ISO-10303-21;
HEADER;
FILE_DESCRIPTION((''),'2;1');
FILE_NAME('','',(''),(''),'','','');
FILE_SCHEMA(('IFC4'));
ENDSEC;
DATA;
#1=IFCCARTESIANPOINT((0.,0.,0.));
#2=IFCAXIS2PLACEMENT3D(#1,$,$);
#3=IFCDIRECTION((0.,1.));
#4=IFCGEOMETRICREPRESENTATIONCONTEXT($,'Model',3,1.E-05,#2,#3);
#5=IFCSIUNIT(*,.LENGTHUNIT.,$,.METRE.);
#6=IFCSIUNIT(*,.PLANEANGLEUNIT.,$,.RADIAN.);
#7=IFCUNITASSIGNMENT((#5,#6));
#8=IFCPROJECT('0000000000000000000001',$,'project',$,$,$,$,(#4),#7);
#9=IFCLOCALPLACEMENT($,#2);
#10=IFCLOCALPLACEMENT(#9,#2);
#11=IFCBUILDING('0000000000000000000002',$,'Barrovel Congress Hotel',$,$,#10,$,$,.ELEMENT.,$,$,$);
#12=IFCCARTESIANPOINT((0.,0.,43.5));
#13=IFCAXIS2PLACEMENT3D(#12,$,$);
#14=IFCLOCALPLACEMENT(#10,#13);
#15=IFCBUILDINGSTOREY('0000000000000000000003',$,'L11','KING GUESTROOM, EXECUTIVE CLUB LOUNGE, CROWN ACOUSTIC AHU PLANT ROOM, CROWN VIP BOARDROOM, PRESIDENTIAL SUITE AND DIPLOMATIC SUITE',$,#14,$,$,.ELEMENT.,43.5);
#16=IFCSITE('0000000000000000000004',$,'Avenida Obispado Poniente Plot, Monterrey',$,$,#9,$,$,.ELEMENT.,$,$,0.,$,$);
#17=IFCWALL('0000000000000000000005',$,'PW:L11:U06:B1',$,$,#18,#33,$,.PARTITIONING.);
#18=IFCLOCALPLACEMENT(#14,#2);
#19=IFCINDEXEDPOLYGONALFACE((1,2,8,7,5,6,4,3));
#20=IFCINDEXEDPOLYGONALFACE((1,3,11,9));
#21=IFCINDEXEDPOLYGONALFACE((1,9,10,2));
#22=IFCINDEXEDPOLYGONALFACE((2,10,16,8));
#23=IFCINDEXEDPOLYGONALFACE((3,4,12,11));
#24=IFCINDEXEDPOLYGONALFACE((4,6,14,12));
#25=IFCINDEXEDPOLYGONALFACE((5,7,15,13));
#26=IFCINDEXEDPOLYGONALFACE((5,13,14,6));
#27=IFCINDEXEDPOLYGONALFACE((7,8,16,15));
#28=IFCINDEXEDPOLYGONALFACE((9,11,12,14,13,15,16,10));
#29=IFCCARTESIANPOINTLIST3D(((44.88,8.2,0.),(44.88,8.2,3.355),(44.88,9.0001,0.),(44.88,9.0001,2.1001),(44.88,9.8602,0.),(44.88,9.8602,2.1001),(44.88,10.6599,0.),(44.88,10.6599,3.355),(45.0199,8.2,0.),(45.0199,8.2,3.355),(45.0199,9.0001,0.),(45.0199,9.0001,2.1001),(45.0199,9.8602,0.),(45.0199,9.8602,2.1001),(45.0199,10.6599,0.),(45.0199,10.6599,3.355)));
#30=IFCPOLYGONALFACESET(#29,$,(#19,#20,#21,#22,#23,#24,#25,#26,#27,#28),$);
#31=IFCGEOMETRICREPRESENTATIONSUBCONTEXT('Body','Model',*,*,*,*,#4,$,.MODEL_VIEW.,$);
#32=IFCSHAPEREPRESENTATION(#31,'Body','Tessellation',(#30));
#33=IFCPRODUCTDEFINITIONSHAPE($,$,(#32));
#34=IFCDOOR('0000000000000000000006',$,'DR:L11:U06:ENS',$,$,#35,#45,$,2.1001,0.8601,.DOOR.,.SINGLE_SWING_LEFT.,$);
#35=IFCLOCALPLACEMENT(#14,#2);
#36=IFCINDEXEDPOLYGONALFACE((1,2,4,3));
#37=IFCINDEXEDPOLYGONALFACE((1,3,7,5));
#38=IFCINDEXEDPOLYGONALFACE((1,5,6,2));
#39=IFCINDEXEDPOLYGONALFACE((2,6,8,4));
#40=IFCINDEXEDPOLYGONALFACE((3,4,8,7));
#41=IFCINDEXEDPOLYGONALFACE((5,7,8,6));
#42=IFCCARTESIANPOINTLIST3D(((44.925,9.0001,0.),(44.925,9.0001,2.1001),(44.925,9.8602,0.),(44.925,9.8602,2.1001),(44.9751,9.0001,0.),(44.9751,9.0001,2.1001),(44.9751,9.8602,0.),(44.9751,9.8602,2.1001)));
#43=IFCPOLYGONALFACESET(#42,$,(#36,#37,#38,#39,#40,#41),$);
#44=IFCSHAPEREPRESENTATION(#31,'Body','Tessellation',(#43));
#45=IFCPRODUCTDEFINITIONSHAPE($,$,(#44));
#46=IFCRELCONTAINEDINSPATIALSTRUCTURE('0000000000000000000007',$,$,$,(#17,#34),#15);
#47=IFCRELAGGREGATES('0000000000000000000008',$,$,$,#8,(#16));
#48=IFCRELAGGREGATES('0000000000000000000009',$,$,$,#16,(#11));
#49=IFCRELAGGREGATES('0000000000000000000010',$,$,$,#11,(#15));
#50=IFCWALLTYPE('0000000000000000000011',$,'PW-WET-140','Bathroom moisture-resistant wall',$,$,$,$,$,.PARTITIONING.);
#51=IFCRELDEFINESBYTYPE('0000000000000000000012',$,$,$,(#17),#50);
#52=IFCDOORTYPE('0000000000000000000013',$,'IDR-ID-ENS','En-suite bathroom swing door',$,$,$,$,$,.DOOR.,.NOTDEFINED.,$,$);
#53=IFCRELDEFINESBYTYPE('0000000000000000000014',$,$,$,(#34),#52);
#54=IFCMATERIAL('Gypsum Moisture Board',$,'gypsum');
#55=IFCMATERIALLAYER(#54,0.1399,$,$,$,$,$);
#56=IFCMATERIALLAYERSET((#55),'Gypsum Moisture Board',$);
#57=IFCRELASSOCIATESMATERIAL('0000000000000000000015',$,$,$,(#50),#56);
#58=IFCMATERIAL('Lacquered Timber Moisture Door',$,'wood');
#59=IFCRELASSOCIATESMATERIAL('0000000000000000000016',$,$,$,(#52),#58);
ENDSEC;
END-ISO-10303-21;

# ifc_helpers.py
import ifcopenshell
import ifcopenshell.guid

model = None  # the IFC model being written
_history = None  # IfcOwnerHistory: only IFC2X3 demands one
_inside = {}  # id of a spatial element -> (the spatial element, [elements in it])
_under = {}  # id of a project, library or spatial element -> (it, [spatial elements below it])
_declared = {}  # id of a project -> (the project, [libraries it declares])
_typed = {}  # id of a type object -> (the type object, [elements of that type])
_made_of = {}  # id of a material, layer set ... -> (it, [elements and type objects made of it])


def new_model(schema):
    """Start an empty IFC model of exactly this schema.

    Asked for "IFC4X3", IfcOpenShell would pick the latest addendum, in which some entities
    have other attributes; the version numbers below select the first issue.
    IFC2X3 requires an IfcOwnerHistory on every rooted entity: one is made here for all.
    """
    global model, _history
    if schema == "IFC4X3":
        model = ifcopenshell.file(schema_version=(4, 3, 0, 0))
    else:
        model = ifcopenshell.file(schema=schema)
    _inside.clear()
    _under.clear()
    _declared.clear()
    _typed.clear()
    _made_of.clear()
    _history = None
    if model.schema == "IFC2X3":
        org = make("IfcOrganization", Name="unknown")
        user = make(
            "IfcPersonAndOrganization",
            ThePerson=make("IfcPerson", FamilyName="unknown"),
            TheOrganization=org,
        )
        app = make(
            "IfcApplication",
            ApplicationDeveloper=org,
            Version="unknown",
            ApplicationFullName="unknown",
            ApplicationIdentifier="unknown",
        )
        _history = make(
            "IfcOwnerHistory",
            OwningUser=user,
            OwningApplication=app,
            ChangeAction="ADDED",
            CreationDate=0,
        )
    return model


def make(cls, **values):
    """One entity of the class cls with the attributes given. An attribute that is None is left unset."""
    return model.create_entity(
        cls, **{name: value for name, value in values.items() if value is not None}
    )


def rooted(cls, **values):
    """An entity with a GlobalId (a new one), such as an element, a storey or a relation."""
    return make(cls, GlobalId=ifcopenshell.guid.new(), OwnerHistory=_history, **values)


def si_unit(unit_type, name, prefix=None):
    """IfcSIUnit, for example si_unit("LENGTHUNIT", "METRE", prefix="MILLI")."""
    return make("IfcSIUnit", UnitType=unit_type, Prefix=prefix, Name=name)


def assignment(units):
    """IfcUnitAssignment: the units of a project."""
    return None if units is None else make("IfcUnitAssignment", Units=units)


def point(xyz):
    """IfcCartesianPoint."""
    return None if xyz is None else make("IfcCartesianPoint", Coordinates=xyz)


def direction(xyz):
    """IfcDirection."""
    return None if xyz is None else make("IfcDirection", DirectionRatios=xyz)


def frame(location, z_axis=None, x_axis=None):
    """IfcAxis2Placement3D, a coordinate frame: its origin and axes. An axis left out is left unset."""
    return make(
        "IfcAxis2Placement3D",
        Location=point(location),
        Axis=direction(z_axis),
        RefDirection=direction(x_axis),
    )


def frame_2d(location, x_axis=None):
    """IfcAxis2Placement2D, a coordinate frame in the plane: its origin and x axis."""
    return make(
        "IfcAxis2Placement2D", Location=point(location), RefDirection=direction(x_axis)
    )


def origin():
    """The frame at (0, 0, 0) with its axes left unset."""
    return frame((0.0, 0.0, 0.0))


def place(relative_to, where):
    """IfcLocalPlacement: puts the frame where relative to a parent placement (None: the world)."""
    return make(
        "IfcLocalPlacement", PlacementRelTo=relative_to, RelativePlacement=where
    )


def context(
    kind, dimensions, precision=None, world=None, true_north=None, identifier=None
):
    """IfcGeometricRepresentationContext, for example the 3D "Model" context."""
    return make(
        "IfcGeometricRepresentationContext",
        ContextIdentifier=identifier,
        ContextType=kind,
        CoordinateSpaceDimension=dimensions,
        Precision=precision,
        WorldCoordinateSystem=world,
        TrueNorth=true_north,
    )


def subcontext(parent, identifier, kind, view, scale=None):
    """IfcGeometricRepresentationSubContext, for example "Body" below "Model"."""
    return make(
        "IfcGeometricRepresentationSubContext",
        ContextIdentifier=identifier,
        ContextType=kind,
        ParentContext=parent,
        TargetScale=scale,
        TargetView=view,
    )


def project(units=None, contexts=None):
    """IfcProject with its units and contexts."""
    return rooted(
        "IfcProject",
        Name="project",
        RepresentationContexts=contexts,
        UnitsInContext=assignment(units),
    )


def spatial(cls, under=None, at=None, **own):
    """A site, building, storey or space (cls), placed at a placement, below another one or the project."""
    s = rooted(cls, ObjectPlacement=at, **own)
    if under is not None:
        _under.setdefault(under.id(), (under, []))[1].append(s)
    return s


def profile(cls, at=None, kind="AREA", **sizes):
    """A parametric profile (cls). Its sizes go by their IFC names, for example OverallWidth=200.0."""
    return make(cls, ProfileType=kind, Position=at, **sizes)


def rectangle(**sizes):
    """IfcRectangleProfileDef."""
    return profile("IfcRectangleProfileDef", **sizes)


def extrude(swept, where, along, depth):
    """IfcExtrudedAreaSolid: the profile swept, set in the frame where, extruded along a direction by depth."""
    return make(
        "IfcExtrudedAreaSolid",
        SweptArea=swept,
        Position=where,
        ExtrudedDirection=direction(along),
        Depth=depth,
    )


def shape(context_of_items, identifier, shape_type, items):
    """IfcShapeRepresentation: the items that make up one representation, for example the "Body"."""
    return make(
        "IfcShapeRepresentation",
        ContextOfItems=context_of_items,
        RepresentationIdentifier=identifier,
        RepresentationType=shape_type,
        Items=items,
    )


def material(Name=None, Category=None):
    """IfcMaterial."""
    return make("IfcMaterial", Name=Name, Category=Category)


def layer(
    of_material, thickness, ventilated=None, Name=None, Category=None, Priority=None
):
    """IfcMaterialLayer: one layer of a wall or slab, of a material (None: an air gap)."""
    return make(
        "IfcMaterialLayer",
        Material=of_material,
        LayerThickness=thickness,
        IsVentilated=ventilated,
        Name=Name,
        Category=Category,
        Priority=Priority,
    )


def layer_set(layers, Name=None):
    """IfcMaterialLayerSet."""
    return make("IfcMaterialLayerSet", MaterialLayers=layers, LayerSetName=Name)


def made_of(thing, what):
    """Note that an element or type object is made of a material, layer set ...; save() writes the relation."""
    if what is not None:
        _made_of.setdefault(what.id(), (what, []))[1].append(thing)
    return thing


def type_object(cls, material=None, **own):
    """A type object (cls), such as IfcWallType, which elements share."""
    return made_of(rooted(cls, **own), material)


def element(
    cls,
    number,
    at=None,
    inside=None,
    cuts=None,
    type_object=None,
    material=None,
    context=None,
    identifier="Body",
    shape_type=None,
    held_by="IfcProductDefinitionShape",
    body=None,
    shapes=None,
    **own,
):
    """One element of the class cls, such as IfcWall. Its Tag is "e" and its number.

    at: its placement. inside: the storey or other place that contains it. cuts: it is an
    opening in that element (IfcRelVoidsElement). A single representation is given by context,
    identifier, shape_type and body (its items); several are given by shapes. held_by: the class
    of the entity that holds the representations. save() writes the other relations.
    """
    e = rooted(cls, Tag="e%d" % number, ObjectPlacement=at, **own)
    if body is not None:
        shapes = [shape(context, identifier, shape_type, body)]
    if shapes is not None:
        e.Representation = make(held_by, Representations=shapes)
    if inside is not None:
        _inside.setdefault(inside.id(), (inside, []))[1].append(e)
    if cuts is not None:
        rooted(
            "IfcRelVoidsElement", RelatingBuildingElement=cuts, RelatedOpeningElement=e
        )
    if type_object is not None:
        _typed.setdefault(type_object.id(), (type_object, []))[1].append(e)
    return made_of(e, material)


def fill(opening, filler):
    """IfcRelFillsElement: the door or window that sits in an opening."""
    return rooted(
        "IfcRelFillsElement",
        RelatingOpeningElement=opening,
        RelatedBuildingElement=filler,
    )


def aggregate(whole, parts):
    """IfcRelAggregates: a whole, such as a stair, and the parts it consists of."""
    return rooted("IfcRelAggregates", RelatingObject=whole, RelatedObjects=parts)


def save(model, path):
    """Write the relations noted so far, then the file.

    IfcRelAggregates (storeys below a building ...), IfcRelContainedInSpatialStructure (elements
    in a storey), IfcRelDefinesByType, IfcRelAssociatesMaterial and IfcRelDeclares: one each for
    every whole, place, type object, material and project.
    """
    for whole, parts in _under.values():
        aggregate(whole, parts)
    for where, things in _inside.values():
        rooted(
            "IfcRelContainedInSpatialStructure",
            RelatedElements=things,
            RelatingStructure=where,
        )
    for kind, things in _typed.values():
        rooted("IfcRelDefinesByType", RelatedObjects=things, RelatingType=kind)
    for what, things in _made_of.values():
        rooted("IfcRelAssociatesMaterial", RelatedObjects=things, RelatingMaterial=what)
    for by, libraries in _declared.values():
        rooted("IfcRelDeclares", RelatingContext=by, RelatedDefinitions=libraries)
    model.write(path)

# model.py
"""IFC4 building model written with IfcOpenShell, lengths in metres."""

from ifc_helpers import new_model, si_unit, direction, frame, frame_2d, origin, place, context, subcontext, project, spatial, rectangle, extrude, material, layer, layer_set, type_object, element, fill, save


model = new_model("IFC4")

# Units and contexts
model_context = context("Model", 3, precision=1e-05, world=origin(), true_north=direction((0.0, 1.0)))
body_context = subcontext(model_context, "Body", "Model", "MODEL_VIEW")
ifc_project = project(units=[si_unit("LENGTHUNIT", "METRE"), si_unit("PLANEANGLEUNIT", "RADIAN")], contexts=[model_context])

# Site, building, storey
site_placement = place(None, origin())
site = spatial("IfcSite", under=ifc_project, at=site_placement, Name="Avenida Obispado Poniente Plot, Monterrey", CompositionType="ELEMENT", RefElevation=0.0)
building_placement = place(site_placement, origin())
building = spatial("IfcBuilding", under=site, at=building_placement, Name="Barrovel Congress Hotel", CompositionType="ELEMENT")
storey_placement = place(building_placement, frame((0.0, 0.0, 43.5)))
storey = spatial("IfcBuildingStorey", under=building, at=storey_placement, Name="L11", Description="KING GUESTROOM, EXECUTIVE CLUB LOUNGE, CROWN ACOUSTIC AHU PLANT ROOM, CROWN VIP BOARDROOM, PRESIDENTIAL SUITE AND DIPLOMATIC SUITE", CompositionType="ELEMENT", Elevation=43.5)

# Wall, opening, door
ifc_material_1 = material(Name="Gypsum Moisture Board", Category="gypsum")
ifc_layer_1 = layer(ifc_material_1, 0.1399)
ifc_layer_set_1 = layer_set([ifc_layer_1], Name="Gypsum Moisture Board")
wall_type_1 = type_object("IfcWallType", Name="PW-WET-140", Description="Bathroom moisture-resistant wall", PredefinedType="PARTITIONING", material=ifc_layer_set_1)
ifc_material_2 = material(Name="Lacquered Timber Moisture Door", Category="wood")
door_type_1 = type_object("IfcDoorType", Name="IDR-ID-ENS", Description="En-suite bathroom swing door", OperationType="NOTDEFINED", PredefinedType="DOOR", material=ifc_material_2)
wall_1_placement = place(storey_placement, frame((44.95, 8.2, 0.0), z_axis=(0.0, 0.0, 1.0), x_axis=(0.0, 1.0, 0.0)))
wall_1 = element("IfcWall", 1, at=wall_1_placement, inside=storey, type_object=wall_type_1, Name="PW:L11:U06:B1", PredefinedType="PARTITIONING", context=body_context, shape_type="SweptSolid", body=[
    extrude(rectangle(XDim=2.46, YDim=0.1399, at=frame_2d((1.23, 0.0))), origin(), (0.0, 0.0, 1.0), 3.355),
])
opening_1_placement = place(wall_1_placement, frame((0.8, 0.0, 0.0)))
opening_1 = element("IfcOpeningElement", 2, at=opening_1_placement, cuts=wall_1, PredefinedType="OPENING", context=body_context, shape_type="SweptSolid", body=[
    extrude(rectangle(XDim=0.8601, YDim=2.1001, at=frame_2d((0.4302, 1.05))), frame((0.0, 0.0801, 0.0), z_axis=(0.0, -1.0, 0.0), x_axis=(1.0, 0.0, 0.0)), (0.0, 0.0, 1.0), 0.1599),
])
door_1_placement = place(opening_1_placement, origin())
door_1 = element("IfcDoor", 3, at=door_1_placement, inside=storey, type_object=door_type_1, Name="DR:L11:U06:ENS", OperationType="SINGLE_SWING_LEFT", OverallHeight=2.1001, OverallWidth=0.8601, PredefinedType="DOOR", context=body_context, shape_type="SweptSolid", body=[
    extrude(rectangle(XDim=0.8601, YDim=2.1001, at=frame_2d((0.4302, 1.05))), frame((0.0, 0.0249, 0.0), z_axis=(0.0, -1.0, 0.0), x_axis=(1.0, 0.0, 0.0)), (0.0, 0.0, 1.0), 0.05),
])
fill(opening_1, door_1)

save(model, "model.ifc")
